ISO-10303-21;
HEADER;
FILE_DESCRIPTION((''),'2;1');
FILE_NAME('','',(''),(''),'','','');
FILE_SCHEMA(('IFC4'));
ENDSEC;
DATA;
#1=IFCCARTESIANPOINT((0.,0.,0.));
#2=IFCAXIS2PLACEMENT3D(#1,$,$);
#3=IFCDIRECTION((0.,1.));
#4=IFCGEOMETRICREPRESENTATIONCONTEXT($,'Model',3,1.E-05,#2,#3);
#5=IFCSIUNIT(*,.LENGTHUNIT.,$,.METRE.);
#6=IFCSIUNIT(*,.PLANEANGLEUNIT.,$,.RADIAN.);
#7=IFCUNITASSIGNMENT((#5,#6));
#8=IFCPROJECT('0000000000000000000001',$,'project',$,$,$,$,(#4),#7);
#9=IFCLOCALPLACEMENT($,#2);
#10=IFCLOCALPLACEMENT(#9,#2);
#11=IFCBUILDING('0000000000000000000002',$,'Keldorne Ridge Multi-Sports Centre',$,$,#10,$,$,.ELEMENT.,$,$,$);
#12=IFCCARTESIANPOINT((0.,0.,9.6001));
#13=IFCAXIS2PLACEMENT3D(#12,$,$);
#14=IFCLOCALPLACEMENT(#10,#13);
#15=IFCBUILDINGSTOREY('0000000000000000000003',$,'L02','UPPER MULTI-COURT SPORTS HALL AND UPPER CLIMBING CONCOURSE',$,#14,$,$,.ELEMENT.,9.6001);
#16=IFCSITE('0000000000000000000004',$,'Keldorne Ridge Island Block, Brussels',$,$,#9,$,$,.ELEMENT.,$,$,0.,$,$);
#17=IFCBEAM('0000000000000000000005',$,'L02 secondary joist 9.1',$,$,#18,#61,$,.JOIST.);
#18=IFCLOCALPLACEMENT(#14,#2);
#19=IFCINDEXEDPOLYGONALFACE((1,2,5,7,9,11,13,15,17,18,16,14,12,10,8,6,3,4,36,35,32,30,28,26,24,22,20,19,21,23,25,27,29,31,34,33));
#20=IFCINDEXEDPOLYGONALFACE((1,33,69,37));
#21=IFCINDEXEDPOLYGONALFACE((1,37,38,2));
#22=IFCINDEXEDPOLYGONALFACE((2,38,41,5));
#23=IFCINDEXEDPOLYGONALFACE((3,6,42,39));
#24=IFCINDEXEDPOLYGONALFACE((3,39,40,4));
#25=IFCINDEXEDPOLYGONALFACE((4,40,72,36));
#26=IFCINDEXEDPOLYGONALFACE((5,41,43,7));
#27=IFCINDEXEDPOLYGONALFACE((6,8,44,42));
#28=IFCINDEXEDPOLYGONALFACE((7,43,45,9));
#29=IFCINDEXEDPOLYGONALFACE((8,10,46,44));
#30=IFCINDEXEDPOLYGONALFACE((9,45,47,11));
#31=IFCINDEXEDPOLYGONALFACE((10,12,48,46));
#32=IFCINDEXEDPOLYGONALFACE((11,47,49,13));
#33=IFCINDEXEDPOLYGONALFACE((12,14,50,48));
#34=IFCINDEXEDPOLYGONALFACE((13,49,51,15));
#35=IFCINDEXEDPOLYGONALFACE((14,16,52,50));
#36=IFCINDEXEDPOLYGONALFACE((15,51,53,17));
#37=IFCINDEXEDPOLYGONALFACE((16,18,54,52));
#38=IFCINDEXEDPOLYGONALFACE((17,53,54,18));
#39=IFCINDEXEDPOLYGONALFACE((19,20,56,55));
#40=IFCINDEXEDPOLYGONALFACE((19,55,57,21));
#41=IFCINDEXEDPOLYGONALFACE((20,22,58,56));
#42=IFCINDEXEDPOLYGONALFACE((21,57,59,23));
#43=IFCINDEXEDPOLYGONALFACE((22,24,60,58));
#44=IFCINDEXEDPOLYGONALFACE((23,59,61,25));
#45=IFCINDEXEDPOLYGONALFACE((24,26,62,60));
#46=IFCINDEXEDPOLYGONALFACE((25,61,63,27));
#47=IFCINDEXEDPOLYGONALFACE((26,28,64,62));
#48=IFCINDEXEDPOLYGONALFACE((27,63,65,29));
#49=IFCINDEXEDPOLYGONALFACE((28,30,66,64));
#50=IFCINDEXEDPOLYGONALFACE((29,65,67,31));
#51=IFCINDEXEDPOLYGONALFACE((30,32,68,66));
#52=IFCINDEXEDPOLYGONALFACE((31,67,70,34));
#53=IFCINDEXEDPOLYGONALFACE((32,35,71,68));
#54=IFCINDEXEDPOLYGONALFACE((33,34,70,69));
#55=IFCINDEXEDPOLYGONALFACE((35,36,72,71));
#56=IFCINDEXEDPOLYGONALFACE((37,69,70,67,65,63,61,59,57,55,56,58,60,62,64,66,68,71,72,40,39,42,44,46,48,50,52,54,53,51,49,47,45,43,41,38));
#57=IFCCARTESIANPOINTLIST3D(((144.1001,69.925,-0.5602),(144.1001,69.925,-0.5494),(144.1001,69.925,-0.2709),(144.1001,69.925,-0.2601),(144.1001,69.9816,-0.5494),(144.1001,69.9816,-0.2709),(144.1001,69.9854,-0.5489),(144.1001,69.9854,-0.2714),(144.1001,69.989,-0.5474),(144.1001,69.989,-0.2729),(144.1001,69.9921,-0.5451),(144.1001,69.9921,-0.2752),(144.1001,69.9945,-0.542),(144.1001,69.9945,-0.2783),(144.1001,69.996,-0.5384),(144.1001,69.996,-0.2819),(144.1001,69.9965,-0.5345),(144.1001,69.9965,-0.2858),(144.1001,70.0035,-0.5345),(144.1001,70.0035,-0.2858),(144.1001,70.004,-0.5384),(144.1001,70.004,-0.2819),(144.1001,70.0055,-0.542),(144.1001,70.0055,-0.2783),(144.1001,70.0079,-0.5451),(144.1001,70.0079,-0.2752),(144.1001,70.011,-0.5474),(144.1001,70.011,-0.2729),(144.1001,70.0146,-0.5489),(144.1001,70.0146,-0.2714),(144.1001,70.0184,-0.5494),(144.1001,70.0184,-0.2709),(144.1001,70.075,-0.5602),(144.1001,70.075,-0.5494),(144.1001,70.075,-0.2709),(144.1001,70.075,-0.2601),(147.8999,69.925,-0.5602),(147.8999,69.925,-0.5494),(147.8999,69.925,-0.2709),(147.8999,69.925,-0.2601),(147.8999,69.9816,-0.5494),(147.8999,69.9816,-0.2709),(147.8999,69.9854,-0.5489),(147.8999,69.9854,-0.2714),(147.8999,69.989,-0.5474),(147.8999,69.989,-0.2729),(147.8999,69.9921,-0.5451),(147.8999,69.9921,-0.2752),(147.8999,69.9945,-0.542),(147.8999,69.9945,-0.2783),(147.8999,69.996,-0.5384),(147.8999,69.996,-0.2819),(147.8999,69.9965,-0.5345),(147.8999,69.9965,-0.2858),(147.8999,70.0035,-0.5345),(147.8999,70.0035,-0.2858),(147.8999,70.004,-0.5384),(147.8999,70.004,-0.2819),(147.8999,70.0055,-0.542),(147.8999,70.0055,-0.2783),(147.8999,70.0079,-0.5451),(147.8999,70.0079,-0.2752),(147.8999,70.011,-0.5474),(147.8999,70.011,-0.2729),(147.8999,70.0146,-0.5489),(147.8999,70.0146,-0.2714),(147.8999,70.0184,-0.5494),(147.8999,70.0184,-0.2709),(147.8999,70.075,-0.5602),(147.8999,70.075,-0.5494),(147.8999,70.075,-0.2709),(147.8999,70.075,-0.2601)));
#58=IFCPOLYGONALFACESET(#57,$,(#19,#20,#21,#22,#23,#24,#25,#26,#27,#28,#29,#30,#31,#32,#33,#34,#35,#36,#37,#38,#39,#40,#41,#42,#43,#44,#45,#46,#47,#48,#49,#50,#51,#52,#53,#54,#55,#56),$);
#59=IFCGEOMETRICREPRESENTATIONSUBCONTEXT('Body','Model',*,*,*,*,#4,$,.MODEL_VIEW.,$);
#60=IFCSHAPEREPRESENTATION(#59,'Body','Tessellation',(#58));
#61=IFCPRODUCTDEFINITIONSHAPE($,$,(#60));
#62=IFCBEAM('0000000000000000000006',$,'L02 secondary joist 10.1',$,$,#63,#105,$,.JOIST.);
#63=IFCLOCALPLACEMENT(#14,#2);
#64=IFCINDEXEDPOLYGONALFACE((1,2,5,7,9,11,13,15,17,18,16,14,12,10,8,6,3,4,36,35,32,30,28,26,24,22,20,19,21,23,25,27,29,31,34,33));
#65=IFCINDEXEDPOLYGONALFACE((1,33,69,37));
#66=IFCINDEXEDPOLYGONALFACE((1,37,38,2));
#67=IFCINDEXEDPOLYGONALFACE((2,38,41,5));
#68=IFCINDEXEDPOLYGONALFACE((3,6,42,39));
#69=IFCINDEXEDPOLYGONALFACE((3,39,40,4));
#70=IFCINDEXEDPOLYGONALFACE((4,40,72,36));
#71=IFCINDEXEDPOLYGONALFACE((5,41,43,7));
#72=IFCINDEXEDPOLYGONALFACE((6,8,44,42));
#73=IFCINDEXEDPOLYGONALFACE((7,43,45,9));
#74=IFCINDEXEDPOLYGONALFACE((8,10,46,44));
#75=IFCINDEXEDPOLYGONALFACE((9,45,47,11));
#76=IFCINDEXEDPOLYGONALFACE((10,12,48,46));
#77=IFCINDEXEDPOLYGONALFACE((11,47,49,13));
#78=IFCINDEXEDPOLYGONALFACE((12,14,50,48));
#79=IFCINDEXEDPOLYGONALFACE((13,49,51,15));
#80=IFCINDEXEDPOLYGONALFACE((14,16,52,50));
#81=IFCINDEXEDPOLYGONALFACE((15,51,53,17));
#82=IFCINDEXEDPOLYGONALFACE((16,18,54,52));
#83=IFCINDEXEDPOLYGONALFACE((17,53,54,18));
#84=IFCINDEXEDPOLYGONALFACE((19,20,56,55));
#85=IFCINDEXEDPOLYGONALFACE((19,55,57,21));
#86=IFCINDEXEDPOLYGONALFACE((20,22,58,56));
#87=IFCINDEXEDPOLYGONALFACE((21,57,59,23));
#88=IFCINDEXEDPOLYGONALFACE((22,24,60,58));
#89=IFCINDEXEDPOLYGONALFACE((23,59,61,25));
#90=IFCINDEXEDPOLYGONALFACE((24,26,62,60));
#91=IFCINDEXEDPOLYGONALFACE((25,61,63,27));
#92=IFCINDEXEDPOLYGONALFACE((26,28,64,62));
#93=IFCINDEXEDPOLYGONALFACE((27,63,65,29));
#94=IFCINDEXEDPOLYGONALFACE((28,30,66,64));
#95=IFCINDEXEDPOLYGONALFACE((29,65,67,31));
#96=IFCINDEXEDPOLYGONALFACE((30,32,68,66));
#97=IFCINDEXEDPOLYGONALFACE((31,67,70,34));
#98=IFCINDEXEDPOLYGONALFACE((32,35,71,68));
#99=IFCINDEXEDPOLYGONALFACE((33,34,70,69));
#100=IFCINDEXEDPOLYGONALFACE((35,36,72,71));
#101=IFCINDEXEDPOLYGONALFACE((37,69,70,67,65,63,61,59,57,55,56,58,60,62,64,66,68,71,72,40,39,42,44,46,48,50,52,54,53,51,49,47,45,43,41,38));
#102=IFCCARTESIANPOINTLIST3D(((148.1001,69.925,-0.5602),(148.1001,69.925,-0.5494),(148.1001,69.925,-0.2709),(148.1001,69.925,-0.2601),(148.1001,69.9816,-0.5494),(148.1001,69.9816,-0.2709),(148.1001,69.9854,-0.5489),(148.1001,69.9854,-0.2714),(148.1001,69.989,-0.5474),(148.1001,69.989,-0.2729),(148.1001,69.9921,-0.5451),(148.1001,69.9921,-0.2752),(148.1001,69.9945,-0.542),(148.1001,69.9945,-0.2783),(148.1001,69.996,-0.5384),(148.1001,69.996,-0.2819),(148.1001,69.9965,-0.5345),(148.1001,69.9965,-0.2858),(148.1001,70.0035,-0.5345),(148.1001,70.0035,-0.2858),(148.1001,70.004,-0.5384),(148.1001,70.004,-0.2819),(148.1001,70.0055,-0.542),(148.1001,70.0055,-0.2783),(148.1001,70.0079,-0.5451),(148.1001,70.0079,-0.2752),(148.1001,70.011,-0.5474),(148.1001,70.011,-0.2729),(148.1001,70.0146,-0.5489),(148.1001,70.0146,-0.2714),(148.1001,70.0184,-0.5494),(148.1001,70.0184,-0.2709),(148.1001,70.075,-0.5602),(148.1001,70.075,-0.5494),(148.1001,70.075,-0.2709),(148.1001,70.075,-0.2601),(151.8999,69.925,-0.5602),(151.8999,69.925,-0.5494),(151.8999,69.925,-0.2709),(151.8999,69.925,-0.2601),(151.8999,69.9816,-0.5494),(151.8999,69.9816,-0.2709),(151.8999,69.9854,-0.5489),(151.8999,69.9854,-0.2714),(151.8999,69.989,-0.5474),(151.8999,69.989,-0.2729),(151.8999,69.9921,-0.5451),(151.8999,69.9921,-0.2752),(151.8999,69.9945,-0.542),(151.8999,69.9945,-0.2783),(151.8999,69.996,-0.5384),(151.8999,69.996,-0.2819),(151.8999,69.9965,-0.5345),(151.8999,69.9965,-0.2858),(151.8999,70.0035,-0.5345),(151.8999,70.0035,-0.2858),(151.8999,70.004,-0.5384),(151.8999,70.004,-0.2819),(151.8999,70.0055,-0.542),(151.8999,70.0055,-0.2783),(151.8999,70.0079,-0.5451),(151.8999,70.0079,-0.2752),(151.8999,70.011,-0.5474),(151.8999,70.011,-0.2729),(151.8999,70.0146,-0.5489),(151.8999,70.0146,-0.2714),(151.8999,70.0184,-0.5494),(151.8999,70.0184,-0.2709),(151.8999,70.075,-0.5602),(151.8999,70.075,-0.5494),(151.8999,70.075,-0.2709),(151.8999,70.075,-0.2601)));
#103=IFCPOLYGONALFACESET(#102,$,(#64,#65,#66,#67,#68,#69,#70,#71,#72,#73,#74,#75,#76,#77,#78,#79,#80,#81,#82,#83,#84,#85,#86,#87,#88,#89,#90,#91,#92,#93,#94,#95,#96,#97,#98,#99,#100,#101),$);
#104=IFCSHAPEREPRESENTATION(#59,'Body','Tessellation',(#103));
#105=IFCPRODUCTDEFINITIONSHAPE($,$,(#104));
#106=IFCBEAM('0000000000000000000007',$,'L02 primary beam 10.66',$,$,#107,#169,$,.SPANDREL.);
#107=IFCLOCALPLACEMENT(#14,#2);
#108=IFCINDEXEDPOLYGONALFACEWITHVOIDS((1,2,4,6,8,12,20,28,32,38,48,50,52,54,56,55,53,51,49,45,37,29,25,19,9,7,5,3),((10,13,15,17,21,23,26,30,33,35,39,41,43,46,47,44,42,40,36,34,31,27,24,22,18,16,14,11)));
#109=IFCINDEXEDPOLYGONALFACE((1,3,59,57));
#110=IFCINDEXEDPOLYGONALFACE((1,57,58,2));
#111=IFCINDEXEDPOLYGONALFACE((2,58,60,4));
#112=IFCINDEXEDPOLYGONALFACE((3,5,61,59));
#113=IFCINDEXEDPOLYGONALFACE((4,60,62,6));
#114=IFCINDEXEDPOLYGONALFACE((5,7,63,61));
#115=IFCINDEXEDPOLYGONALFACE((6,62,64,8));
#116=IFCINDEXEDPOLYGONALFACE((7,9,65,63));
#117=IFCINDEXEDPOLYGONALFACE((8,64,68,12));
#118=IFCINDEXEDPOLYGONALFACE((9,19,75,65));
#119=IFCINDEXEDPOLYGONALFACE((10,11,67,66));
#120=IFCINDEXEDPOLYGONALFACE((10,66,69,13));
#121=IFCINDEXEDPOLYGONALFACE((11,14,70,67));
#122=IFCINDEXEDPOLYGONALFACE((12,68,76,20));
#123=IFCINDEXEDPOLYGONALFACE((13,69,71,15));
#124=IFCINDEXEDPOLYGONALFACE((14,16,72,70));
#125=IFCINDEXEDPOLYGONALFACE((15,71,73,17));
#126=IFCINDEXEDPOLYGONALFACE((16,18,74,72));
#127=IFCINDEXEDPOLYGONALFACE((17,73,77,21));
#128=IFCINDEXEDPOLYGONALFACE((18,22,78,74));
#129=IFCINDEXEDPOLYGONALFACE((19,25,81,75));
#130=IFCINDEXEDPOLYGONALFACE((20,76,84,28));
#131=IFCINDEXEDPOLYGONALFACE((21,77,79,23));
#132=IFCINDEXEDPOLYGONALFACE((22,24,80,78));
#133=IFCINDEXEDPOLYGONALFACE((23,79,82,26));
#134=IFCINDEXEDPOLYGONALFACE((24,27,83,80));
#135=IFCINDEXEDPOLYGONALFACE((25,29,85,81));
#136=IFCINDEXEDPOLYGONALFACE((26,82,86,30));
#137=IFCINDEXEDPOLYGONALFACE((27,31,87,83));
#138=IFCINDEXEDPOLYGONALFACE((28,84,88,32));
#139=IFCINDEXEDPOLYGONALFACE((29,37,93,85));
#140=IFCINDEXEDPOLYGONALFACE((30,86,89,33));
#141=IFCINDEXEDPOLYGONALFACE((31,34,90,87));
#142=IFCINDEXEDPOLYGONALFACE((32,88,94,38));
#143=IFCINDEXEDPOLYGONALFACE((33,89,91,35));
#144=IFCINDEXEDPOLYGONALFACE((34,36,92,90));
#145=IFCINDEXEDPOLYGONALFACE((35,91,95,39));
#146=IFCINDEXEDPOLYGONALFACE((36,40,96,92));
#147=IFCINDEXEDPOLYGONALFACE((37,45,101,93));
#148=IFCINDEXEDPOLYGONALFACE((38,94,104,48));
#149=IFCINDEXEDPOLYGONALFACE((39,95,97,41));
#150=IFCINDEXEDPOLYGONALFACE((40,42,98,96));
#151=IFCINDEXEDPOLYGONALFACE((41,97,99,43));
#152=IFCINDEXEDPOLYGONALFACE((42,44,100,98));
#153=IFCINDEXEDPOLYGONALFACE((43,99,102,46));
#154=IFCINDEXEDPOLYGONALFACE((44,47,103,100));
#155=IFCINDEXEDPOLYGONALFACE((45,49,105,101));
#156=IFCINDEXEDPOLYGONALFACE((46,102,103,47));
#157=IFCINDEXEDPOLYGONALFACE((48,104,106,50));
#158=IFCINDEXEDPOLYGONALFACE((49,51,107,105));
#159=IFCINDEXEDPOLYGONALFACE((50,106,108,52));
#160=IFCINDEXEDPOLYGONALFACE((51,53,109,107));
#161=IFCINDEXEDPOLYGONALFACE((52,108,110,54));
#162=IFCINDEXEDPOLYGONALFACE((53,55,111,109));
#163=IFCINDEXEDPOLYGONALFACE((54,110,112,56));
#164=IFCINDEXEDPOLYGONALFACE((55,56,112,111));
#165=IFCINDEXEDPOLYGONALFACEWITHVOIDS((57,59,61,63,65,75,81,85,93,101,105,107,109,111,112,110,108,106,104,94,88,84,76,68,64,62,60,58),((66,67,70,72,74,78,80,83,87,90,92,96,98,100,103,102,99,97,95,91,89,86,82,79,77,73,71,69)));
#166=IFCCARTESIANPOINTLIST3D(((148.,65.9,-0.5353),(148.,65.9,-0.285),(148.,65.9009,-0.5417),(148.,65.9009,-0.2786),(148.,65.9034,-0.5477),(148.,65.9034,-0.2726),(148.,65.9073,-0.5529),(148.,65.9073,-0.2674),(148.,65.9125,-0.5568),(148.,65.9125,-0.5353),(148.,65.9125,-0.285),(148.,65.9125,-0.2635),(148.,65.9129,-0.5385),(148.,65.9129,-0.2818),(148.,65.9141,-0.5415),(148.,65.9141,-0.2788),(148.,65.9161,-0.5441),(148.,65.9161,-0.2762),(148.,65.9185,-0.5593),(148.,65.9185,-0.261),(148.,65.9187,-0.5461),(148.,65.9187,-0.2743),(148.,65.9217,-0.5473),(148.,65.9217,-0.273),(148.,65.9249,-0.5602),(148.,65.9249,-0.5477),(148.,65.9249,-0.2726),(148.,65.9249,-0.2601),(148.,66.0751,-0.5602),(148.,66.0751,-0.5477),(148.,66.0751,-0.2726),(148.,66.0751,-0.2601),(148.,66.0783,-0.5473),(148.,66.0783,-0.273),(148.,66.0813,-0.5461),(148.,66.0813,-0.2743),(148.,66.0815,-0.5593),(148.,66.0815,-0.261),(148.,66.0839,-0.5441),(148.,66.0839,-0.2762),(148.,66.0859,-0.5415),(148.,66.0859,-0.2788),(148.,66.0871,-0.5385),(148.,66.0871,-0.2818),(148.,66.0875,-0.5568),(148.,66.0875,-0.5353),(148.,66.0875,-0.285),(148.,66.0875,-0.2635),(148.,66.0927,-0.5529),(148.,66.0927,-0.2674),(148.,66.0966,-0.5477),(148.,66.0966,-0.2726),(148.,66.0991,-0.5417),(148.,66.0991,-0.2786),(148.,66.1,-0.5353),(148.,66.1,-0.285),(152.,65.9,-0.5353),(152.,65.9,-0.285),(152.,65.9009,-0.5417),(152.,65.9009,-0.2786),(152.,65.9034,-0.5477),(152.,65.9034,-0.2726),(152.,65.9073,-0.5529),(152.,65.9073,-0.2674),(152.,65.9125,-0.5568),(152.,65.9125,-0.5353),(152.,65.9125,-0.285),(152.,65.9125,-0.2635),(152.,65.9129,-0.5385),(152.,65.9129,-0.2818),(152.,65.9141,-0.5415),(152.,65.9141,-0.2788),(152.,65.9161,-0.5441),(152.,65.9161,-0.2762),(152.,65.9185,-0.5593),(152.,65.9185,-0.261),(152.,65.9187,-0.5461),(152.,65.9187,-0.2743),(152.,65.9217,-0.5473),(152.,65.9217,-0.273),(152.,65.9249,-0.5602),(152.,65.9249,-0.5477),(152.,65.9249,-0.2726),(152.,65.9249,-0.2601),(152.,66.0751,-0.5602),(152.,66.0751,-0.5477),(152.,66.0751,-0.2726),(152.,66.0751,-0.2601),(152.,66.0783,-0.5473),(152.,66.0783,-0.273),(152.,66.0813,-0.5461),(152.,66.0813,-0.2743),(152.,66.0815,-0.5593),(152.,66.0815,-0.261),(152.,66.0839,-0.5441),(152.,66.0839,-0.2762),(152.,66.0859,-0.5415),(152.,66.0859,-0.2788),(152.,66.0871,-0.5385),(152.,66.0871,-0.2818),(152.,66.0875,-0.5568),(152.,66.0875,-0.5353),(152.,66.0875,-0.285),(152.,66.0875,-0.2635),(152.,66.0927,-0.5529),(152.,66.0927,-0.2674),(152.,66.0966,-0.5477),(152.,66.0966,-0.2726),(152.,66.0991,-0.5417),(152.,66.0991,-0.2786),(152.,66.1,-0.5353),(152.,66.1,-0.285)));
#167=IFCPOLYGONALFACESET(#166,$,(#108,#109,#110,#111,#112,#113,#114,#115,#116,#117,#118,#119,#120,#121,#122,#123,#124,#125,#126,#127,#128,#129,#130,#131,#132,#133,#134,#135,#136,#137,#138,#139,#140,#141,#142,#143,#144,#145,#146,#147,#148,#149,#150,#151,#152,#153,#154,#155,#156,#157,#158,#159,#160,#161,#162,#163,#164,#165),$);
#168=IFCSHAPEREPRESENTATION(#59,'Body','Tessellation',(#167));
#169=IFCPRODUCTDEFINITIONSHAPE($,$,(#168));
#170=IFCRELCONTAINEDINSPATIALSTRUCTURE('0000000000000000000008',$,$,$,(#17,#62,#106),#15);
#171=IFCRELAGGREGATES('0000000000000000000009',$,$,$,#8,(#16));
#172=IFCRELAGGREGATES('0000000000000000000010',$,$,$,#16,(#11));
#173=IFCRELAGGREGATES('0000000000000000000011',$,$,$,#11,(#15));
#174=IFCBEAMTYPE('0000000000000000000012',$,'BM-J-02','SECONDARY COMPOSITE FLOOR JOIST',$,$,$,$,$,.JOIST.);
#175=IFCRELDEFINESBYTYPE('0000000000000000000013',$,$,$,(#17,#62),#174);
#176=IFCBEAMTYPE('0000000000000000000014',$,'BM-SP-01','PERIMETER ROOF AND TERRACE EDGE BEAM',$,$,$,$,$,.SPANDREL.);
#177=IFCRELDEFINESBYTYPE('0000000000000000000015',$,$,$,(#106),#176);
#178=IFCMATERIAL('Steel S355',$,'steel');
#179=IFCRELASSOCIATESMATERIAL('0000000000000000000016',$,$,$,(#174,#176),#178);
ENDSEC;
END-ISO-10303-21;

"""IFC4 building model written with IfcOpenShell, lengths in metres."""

from ifc_helpers import new_model, si_unit, direction, frame, origin, origin_2d, place, context, subcontext, project, spatial, hollow_rectangle, i_section, extrude, material, material_profile, profile_set, type_object, element, save


model = new_model("IFC4")

# Units and contexts
model_context = context("Model", 3, precision=1e-05, world=origin(), true_north=direction((0.0, 1.0)))
body_context = subcontext(model_context, "Body", "Model", "MODEL_VIEW")
ifc_project = project(units=[si_unit("LENGTHUNIT", "METRE"), si_unit("PLANEANGLEUNIT", "RADIAN")], contexts=[model_context])

# Site, building, storey
site_placement = place(None, origin())
site = spatial("IfcSite", under=ifc_project, at=site_placement, Name="Keldorne Ridge Island Block, Brussels", CompositionType="ELEMENT", RefElevation=0.0)
building_placement = place(site_placement, origin())
building = spatial("IfcBuilding", under=site, at=building_placement, Name="Keldorne Ridge Multi-Sports Centre", CompositionType="ELEMENT")
storey_placement = place(building_placement, frame((0.0, 0.0, 9.6001)))
storey = spatial("IfcBuildingStorey", under=building, at=storey_placement, Name="L02", Description="UPPER MULTI-COURT SPORTS HALL AND UPPER CLIMBING CONCOURSE", CompositionType="ELEMENT", Elevation=9.6001)

# Shared definitions
ifc_material_1 = material(Name="Steel S355", Category="steel")

# Beams
ifc_material_profile_1 = material_profile(ifc_material_1, i_section(OverallWidth=0.1499, OverallDepth=0.3, WebThickness=0.0071, FlangeThickness=0.0107, FilletRadius=0.0149, at=origin_2d()), Name="IPE 300")
ifc_profile_set_1 = profile_set([ifc_material_profile_1], Name="Steel S355")
beam_type_1 = type_object("IfcBeamType", Name="BM-J-02", Description="SECONDARY COMPOSITE FLOOR JOIST", PredefinedType="JOIST", material=ifc_profile_set_1)
for number, where, z_axis, x_axis, name in (
    (1, (144.1001, 70.0, -0.4102), (1.0, 0.0, 0.0), (0.0, 1.0, 0.0), "L02 secondary joist 9.1"),
    (2, (148.1001, 70.0, -0.4102), (1.0, 0.0, 0.0), (0.0, 1.0, 0.0), "L02 secondary joist 10.1"),
):
    element("IfcBeam", number, at=place(storey_placement, frame(where, z_axis=z_axis, x_axis=x_axis)), inside=storey, type_object=beam_type_1, Name=name, PredefinedType="JOIST", context=body_context, shape_type="SweptSolid", body=[
        extrude(i_section(OverallWidth=0.1499, OverallDepth=0.3, WebThickness=0.0071, FlangeThickness=0.0107, FilletRadius=0.0149, at=origin_2d()), origin(), (0.0, 0.0, 1.0), 3.7998),
    ])
ifc_material_profile_2 = material_profile(ifc_material_1, hollow_rectangle(XDim=0.2, YDim=0.3, WallThickness=0.0125, InnerFilletRadius=0.0125, OuterFilletRadius=0.0249, at=origin_2d()), Name="RHS 300x200x12.5")
ifc_profile_set_2 = profile_set([ifc_material_profile_2], Name="Steel S355")
beam_type_2 = type_object("IfcBeamType", Name="BM-SP-01", Description="PERIMETER ROOF AND TERRACE EDGE BEAM", PredefinedType="SPANDREL", material=ifc_profile_set_2)
beam_1_placement = place(storey_placement, frame((148.0, 66.0, -0.4102), z_axis=(1.0, 0.0, 0.0), x_axis=(0.0, 1.0, 0.0)))
element("IfcBeam", 3, at=beam_1_placement, inside=storey, type_object=beam_type_2, Name="L02 primary beam 10.66", PredefinedType="SPANDREL", context=body_context, shape_type="SweptSolid", body=[
    extrude(hollow_rectangle(XDim=0.2, YDim=0.3, WallThickness=0.0125, InnerFilletRadius=0.0125, OuterFilletRadius=0.0249, at=origin_2d()), origin(), (0.0, 0.0, 1.0), 4.0),
])

save(model, "model.ifc")
